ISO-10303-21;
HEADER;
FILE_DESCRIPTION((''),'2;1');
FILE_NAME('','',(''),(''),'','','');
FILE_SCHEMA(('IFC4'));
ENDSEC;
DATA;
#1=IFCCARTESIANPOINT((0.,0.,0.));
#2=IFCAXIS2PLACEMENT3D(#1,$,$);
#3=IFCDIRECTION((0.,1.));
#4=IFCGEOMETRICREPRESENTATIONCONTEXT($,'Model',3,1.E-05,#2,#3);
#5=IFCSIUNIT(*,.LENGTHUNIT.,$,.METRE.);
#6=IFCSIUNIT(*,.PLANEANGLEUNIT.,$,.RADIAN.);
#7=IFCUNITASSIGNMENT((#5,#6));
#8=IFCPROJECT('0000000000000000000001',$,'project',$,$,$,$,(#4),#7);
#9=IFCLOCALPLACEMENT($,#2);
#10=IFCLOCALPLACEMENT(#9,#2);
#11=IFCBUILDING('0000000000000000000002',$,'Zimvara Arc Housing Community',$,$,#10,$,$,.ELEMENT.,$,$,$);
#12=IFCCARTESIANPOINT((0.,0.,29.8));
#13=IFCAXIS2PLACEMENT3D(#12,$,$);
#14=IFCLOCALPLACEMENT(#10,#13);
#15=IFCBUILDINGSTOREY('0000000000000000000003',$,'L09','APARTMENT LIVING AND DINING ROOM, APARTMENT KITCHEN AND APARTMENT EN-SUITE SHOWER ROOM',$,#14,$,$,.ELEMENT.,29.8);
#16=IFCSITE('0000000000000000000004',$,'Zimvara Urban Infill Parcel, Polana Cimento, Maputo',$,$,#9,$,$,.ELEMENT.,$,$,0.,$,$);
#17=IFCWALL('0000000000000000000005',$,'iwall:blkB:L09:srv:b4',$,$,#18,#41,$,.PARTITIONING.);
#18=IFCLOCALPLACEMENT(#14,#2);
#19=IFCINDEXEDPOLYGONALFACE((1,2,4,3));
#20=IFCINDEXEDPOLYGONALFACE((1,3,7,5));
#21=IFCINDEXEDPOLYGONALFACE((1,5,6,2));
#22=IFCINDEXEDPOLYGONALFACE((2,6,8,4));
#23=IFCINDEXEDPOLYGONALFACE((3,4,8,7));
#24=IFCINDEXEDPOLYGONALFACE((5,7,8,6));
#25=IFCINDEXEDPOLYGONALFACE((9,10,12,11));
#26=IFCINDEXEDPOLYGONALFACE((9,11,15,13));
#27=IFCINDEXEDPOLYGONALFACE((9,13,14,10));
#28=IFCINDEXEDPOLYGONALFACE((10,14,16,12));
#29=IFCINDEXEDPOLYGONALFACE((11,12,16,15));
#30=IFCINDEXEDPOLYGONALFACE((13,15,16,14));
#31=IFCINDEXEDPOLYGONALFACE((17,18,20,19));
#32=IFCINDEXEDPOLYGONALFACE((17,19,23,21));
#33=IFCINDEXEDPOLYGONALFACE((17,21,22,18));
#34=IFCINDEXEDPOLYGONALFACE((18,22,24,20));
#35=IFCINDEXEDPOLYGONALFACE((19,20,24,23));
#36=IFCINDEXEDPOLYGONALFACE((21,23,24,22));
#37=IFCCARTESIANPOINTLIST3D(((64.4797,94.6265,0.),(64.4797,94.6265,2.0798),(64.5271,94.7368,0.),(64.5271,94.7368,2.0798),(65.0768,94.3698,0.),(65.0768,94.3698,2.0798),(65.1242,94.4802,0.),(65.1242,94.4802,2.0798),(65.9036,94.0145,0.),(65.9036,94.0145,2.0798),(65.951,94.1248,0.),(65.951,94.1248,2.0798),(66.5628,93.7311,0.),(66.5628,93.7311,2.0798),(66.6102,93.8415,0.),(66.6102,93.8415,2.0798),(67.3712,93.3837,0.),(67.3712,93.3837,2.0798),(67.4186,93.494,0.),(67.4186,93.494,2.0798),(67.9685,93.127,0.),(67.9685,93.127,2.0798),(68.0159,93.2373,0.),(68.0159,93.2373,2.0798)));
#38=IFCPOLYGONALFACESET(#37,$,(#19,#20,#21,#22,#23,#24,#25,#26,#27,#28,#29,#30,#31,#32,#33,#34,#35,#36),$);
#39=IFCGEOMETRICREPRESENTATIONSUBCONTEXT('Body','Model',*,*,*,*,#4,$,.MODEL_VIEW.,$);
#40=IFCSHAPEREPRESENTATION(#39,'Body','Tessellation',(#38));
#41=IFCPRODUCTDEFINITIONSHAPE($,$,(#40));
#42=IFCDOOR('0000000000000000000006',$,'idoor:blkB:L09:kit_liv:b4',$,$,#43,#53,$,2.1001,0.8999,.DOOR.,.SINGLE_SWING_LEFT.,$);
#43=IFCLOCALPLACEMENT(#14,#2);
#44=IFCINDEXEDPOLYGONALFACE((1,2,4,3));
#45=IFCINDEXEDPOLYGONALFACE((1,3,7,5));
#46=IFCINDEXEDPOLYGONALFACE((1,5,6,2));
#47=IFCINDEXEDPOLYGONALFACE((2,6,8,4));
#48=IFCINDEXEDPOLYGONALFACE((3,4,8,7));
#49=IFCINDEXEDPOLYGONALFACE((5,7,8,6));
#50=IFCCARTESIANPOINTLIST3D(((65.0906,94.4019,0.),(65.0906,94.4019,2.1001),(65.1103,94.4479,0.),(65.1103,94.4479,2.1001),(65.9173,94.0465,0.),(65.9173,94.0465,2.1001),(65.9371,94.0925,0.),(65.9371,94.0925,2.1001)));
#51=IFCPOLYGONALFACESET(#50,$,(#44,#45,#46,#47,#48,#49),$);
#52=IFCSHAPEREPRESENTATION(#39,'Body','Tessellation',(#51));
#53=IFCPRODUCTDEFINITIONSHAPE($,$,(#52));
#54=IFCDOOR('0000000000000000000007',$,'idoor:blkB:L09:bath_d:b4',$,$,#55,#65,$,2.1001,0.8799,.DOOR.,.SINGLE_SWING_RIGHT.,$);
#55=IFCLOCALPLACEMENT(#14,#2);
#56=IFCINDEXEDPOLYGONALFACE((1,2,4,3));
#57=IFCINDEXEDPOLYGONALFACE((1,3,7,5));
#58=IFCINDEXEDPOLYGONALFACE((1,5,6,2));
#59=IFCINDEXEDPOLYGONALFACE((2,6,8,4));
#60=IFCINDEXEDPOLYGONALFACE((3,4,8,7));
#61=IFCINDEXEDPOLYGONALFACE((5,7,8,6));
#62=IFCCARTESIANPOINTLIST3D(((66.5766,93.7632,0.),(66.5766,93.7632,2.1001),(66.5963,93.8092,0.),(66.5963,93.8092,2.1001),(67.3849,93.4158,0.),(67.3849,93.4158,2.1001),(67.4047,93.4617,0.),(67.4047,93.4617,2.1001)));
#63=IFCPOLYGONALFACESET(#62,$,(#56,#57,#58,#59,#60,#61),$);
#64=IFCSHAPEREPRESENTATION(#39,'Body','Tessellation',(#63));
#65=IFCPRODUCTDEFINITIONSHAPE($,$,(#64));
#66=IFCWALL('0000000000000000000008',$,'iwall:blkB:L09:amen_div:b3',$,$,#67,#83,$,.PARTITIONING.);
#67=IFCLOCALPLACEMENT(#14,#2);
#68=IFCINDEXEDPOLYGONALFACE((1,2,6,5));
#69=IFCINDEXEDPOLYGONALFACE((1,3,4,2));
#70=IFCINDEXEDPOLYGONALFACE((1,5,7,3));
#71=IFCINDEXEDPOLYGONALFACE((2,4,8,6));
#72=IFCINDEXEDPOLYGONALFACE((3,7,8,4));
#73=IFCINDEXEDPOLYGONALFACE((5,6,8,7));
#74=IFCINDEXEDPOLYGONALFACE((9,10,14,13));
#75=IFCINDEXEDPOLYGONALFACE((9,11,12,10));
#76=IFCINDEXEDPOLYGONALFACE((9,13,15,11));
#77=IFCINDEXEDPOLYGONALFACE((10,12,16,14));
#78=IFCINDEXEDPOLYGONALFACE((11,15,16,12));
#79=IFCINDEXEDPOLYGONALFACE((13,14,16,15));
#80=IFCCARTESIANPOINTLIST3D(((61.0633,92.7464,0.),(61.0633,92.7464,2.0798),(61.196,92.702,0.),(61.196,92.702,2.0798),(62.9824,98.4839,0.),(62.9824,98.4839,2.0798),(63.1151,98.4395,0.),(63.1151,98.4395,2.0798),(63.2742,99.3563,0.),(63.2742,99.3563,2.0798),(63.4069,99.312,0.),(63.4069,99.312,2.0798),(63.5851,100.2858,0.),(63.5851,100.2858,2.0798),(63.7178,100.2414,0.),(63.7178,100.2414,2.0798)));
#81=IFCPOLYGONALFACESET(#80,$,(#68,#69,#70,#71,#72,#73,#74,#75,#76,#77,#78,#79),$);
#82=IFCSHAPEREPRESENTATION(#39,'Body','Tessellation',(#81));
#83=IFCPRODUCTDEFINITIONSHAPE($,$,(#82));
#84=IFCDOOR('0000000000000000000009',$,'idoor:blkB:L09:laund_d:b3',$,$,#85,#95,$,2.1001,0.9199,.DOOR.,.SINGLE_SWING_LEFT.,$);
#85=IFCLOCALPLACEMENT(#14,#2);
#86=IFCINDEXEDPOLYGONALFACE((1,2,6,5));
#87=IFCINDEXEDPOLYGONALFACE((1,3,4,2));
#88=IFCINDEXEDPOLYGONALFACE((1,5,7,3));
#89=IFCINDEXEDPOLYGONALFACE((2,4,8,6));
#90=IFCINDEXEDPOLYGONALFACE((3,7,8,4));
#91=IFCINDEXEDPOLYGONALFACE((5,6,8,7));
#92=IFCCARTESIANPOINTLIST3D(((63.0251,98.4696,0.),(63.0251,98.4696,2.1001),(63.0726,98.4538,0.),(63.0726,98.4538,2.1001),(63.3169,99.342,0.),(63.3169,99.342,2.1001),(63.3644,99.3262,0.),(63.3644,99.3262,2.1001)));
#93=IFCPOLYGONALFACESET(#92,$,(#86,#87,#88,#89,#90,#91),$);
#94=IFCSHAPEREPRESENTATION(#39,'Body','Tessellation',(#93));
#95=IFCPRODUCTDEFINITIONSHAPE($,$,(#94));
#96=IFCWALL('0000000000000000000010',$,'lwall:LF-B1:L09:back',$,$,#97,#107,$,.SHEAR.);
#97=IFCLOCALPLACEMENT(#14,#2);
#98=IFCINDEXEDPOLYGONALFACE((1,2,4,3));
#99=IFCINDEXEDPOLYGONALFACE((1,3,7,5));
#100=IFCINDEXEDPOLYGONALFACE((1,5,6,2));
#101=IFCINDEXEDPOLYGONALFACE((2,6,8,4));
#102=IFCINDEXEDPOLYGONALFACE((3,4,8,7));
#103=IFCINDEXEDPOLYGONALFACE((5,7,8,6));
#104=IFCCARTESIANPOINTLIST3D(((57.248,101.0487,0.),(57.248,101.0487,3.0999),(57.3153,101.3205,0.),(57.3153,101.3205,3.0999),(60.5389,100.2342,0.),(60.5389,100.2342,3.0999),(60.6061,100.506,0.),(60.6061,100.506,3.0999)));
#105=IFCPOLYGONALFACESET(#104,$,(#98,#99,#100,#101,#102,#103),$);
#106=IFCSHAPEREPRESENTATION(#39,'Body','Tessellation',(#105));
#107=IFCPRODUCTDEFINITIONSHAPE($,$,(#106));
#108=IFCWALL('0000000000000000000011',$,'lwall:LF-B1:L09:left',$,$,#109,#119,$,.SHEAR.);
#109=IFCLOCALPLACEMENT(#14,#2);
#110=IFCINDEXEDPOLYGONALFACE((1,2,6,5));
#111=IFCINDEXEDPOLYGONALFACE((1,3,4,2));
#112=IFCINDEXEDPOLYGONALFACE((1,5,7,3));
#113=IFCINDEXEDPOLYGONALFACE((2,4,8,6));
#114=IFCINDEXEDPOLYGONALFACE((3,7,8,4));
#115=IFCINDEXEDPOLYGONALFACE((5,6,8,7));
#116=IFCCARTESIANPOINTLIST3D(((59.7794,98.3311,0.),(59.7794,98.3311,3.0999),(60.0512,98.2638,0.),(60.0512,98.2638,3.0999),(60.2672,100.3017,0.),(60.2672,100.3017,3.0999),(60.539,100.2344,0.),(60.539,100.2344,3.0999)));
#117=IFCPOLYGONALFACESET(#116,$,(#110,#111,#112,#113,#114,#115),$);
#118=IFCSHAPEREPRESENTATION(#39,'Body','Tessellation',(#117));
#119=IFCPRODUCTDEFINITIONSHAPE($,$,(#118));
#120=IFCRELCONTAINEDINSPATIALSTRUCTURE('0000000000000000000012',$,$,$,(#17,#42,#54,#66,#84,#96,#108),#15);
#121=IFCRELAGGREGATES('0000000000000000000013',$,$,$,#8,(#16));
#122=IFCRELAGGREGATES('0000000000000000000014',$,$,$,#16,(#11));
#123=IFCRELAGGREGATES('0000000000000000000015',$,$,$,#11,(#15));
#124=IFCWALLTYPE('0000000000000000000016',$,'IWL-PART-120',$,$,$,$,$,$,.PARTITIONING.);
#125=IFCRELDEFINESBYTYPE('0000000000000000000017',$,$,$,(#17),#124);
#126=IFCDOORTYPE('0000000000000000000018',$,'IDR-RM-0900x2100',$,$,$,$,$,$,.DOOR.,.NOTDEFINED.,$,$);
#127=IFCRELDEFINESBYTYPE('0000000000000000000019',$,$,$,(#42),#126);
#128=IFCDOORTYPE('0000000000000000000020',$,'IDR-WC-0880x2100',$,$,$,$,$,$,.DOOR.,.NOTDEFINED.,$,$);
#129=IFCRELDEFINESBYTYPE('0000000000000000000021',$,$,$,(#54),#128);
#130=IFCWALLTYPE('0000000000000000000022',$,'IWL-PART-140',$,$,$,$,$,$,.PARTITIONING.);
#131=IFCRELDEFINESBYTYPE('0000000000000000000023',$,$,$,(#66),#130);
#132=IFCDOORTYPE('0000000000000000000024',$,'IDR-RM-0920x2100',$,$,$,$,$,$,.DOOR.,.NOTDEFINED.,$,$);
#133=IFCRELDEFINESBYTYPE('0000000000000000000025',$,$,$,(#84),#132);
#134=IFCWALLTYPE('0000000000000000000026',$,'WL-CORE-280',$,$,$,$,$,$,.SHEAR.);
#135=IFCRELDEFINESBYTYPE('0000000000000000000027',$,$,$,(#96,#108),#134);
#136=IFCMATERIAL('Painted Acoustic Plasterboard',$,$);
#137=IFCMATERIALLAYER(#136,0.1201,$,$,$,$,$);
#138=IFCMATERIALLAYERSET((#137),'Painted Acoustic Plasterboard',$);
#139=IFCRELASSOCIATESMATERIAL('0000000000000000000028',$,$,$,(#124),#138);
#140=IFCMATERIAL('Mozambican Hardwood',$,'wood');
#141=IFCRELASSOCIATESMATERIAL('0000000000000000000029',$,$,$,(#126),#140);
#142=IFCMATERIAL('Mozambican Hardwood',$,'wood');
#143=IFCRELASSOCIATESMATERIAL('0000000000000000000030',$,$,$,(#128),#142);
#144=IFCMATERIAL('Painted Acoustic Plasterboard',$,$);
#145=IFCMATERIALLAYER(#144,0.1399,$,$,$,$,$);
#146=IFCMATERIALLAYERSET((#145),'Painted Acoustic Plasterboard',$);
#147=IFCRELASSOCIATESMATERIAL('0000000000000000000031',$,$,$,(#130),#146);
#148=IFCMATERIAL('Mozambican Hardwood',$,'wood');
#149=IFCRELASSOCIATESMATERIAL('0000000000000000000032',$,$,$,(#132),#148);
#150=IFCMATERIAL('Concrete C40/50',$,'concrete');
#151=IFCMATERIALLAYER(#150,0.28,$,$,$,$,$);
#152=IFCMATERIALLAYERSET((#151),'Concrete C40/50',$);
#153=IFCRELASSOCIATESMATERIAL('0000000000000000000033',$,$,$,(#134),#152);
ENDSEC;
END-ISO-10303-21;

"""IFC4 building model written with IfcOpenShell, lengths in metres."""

from ifc_helpers import new_model, si_unit, direction, frame, frame_2d, origin, place, context, subcontext, project, spatial, rectangle, extrude, material, layer, layer_set, type_object, element, fill, save


model = new_model("IFC4")

# Units and contexts
model_context = context("Model", 3, precision=1e-05, world=origin(), true_north=direction((0.0, 1.0)))
body_context = subcontext(model_context, "Body", "Model", "MODEL_VIEW")
ifc_project = project(units=[si_unit("LENGTHUNIT", "METRE"), si_unit("PLANEANGLEUNIT", "RADIAN")], contexts=[model_context])

# Site, building, storey
site_placement = place(None, origin())
site = spatial("IfcSite", under=ifc_project, at=site_placement, Name="Zimvara Urban Infill Parcel, Polana Cimento, Maputo", CompositionType="ELEMENT", RefElevation=0.0)
building_placement = place(site_placement, origin())
building = spatial("IfcBuilding", under=site, at=building_placement, Name="Zimvara Arc Housing Community", CompositionType="ELEMENT")
storey_placement = place(building_placement, frame((0.0, 0.0, 29.8)))
storey = spatial("IfcBuildingStorey", under=building, at=storey_placement, Name="L09", Description="APARTMENT LIVING AND DINING ROOM, APARTMENT KITCHEN AND APARTMENT EN-SUITE SHOWER ROOM", CompositionType="ELEMENT", Elevation=29.8)

# Wall, openings, doors
ifc_material_1 = material(Name="Painted Acoustic Plasterboard")
ifc_layer_1 = layer(ifc_material_1, 0.1201)
ifc_layer_set_1 = layer_set([ifc_layer_1], Name="Painted Acoustic Plasterboard")
wall_type_1 = type_object("IfcWallType", Name="IWL-PART-120", PredefinedType="PARTITIONING", material=ifc_layer_set_1)
wall_1_placement = place(storey_placement, frame((64.5034, 94.6816, 0.0), z_axis=(0.0, 0.0, 1.0), x_axis=(0.918732, -0.394881, 0.0)))
wall_1 = element("IfcWall", 1, at=wall_1_placement, inside=storey, type_object=wall_type_1, Name="iwall:blkB:L09:srv:b4", PredefinedType="PARTITIONING", context=body_context, shape_type="SweptSolid", body=[
    extrude(rectangle(XDim=3.7974, YDim=0.1201, at=frame_2d((1.8987, 0.0))), origin(), (0.0, 0.0, 1.0), 2.0798),
])
opening_1_placement = place(wall_1_placement, frame((0.6499, 0.0, 0.0)))
opening_1 = element("IfcOpeningElement", 2, at=opening_1_placement, cuts=wall_1, PredefinedType="OPENING", context=body_context, shape_type="SweptSolid", body=[
    extrude(rectangle(XDim=0.8999, YDim=2.1001, at=frame_2d((0.45, 1.05))), frame((0.0, 0.0701, 0.0), z_axis=(0.0, -1.0, 0.0), x_axis=(1.0, 0.0, 0.0)), (0.0, 0.0, 1.0), 0.1401),
])
opening_2_placement = place(wall_1_placement, frame((2.2673, 0.0, 0.0)))
opening_2 = element("IfcOpeningElement", 3, at=opening_2_placement, cuts=wall_1, PredefinedType="OPENING", context=body_context, shape_type="SweptSolid", body=[
    extrude(rectangle(XDim=0.8799, YDim=2.1001, at=frame_2d((0.4399, 1.05))), frame((0.0, 0.0701, 0.0), z_axis=(0.0, -1.0, 0.0), x_axis=(1.0, 0.0, 0.0)), (0.0, 0.0, 1.0), 0.1401),
])
ifc_material_2 = material(Name="Mozambican Hardwood", Category="wood")
door_type_1 = type_object("IfcDoorType", Name="IDR-RM-0900x2100", OperationType="NOTDEFINED", PredefinedType="DOOR", material=ifc_material_2)
door_1_placement = place(opening_1_placement, origin())
door_1 = element("IfcDoor", 4, at=door_1_placement, inside=storey, type_object=door_type_1, Name="idoor:blkB:L09:kit_liv:b4", OperationType="SINGLE_SWING_LEFT", OverallHeight=2.1001, OverallWidth=0.8999, PredefinedType="DOOR", context=body_context, shape_type="SweptSolid", body=[
    extrude(rectangle(XDim=0.8999, YDim=2.1001, at=frame_2d((0.45, 1.05))), frame((0.0, 0.0249, 0.0), z_axis=(0.0, -1.0, 0.0), x_axis=(1.0, 0.0, 0.0)), (0.0, 0.0, 1.0), 0.05),
])
fill(opening_1, door_1)
ifc_material_3 = material(Name="Mozambican Hardwood", Category="wood")
door_type_2 = type_object("IfcDoorType", Name="IDR-WC-0880x2100", OperationType="NOTDEFINED", PredefinedType="DOOR", material=ifc_material_3)
door_2_placement = place(opening_2_placement, origin())
door_2 = element("IfcDoor", 5, at=door_2_placement, inside=storey, type_object=door_type_2, Name="idoor:blkB:L09:bath_d:b4", OperationType="SINGLE_SWING_RIGHT", OverallHeight=2.1001, OverallWidth=0.8799, PredefinedType="DOOR", context=body_context, shape_type="SweptSolid", body=[
    extrude(rectangle(XDim=0.8799, YDim=2.1001, at=frame_2d((0.4399, 1.05))), frame((0.0, 0.0249, 0.0), z_axis=(0.0, -1.0, 0.0), x_axis=(1.0, 0.0, 0.0)), (0.0, 0.0, 1.0), 0.05),
])
fill(opening_2, door_2)

# Wall, opening, door
ifc_material_4 = material(Name="Painted Acoustic Plasterboard")
ifc_layer_2 = layer(ifc_material_4, 0.1399)
ifc_layer_set_2 = layer_set([ifc_layer_2], Name="Painted Acoustic Plasterboard")
wall_type_2 = type_object("IfcWallType", Name="IWL-PART-140", PredefinedType="PARTITIONING", material=ifc_layer_set_2)
wall_2_placement = place(storey_placement, frame((61.1296, 92.7241, 0.0), z_axis=(0.0, 0.0, 1.0), x_axis=(0.317204, 0.948357, 0.0)))
wall_2 = element("IfcWall", 6, at=wall_2_placement, inside=storey, type_object=wall_type_2, Name="iwall:blkB:L09:amen_div:b3", PredefinedType="PARTITIONING", context=body_context, shape_type="SweptSolid", body=[
    extrude(rectangle(XDim=7.95, YDim=0.1399, at=frame_2d((3.9751, 0.0))), origin(), (0.0, 0.0, 1.0), 2.0798),
])
opening_3_placement = place(wall_2_placement, frame((6.05, 0.0, 0.0)))
opening_3 = element("IfcOpeningElement", 7, at=opening_3_placement, cuts=wall_2, PredefinedType="OPENING", context=body_context, shape_type="SweptSolid", body=[
    extrude(rectangle(XDim=0.9199, YDim=2.1001, at=frame_2d((0.46, 1.05))), frame((0.0, 0.0798, 0.0), z_axis=(0.0, -1.0, 0.0), x_axis=(1.0, 0.0, 0.0)), (0.0, 0.0, 1.0), 0.1599),
])
ifc_material_5 = material(Name="Mozambican Hardwood", Category="wood")
door_type_3 = type_object("IfcDoorType", Name="IDR-RM-0920x2100", OperationType="NOTDEFINED", PredefinedType="DOOR", material=ifc_material_5)
door_3_placement = place(opening_3_placement, origin())
door_3 = element("IfcDoor", 8, at=door_3_placement, inside=storey, type_object=door_type_3, Name="idoor:blkB:L09:laund_d:b3", OperationType="SINGLE_SWING_LEFT", OverallHeight=2.1001, OverallWidth=0.9199, PredefinedType="DOOR", context=body_context, shape_type="SweptSolid", body=[
    extrude(rectangle(XDim=0.9199, YDim=2.1001, at=frame_2d((0.46, 1.05))), frame((0.0, 0.0249, 0.0), z_axis=(0.0, -1.0, 0.0), x_axis=(1.0, 0.0, 0.0)), (0.0, 0.0, 1.0), 0.05),
])
fill(opening_3, door_3)
ifc_material_6 = material(Name="Concrete C40/50", Category="concrete")
ifc_layer_3 = layer(ifc_material_6, 0.28)
ifc_layer_set_3 = layer_set([ifc_layer_3], Name="Concrete C40/50")
wall_type_3 = type_object("IfcWallType", Name="WL-CORE-280", PredefinedType="SHEAR", material=ifc_layer_set_3)

# Walls
wall_3_placement = place(storey_placement, frame((60.5725, 100.3701, 0.0), z_axis=(0.0, 0.0, 1.0), x_axis=(-0.970712, 0.240247, 0.0)))
element("IfcWall", 9, at=wall_3_placement, inside=storey, type_object=wall_type_3, Name="lwall:LF-B1:L09:back", PredefinedType="SHEAR", context=body_context, shape_type="SweptSolid", body=[
    extrude(rectangle(XDim=3.3901, YDim=0.28, at=frame_2d((1.6951, 0.0))), origin(), (0.0, 0.0, 1.0), 3.0999),
])
wall_4_placement = place(storey_placement, frame((59.9153, 98.2974, 0.0), z_axis=(0.0, 0.0, 1.0), x_axis=(0.240299, 0.970699, 0.0)))
element("IfcWall", 10, at=wall_4_placement, inside=storey, type_object=wall_type_3, Name="lwall:LF-B1:L09:left", PredefinedType="SHEAR", context=body_context, shape_type="SweptSolid", body=[
    extrude(rectangle(XDim=2.03, YDim=0.28, at=frame_2d((1.0151, 0.0))), origin(), (0.0, 0.0, 1.0), 3.0999),
])

save(model, "model.ifc")
